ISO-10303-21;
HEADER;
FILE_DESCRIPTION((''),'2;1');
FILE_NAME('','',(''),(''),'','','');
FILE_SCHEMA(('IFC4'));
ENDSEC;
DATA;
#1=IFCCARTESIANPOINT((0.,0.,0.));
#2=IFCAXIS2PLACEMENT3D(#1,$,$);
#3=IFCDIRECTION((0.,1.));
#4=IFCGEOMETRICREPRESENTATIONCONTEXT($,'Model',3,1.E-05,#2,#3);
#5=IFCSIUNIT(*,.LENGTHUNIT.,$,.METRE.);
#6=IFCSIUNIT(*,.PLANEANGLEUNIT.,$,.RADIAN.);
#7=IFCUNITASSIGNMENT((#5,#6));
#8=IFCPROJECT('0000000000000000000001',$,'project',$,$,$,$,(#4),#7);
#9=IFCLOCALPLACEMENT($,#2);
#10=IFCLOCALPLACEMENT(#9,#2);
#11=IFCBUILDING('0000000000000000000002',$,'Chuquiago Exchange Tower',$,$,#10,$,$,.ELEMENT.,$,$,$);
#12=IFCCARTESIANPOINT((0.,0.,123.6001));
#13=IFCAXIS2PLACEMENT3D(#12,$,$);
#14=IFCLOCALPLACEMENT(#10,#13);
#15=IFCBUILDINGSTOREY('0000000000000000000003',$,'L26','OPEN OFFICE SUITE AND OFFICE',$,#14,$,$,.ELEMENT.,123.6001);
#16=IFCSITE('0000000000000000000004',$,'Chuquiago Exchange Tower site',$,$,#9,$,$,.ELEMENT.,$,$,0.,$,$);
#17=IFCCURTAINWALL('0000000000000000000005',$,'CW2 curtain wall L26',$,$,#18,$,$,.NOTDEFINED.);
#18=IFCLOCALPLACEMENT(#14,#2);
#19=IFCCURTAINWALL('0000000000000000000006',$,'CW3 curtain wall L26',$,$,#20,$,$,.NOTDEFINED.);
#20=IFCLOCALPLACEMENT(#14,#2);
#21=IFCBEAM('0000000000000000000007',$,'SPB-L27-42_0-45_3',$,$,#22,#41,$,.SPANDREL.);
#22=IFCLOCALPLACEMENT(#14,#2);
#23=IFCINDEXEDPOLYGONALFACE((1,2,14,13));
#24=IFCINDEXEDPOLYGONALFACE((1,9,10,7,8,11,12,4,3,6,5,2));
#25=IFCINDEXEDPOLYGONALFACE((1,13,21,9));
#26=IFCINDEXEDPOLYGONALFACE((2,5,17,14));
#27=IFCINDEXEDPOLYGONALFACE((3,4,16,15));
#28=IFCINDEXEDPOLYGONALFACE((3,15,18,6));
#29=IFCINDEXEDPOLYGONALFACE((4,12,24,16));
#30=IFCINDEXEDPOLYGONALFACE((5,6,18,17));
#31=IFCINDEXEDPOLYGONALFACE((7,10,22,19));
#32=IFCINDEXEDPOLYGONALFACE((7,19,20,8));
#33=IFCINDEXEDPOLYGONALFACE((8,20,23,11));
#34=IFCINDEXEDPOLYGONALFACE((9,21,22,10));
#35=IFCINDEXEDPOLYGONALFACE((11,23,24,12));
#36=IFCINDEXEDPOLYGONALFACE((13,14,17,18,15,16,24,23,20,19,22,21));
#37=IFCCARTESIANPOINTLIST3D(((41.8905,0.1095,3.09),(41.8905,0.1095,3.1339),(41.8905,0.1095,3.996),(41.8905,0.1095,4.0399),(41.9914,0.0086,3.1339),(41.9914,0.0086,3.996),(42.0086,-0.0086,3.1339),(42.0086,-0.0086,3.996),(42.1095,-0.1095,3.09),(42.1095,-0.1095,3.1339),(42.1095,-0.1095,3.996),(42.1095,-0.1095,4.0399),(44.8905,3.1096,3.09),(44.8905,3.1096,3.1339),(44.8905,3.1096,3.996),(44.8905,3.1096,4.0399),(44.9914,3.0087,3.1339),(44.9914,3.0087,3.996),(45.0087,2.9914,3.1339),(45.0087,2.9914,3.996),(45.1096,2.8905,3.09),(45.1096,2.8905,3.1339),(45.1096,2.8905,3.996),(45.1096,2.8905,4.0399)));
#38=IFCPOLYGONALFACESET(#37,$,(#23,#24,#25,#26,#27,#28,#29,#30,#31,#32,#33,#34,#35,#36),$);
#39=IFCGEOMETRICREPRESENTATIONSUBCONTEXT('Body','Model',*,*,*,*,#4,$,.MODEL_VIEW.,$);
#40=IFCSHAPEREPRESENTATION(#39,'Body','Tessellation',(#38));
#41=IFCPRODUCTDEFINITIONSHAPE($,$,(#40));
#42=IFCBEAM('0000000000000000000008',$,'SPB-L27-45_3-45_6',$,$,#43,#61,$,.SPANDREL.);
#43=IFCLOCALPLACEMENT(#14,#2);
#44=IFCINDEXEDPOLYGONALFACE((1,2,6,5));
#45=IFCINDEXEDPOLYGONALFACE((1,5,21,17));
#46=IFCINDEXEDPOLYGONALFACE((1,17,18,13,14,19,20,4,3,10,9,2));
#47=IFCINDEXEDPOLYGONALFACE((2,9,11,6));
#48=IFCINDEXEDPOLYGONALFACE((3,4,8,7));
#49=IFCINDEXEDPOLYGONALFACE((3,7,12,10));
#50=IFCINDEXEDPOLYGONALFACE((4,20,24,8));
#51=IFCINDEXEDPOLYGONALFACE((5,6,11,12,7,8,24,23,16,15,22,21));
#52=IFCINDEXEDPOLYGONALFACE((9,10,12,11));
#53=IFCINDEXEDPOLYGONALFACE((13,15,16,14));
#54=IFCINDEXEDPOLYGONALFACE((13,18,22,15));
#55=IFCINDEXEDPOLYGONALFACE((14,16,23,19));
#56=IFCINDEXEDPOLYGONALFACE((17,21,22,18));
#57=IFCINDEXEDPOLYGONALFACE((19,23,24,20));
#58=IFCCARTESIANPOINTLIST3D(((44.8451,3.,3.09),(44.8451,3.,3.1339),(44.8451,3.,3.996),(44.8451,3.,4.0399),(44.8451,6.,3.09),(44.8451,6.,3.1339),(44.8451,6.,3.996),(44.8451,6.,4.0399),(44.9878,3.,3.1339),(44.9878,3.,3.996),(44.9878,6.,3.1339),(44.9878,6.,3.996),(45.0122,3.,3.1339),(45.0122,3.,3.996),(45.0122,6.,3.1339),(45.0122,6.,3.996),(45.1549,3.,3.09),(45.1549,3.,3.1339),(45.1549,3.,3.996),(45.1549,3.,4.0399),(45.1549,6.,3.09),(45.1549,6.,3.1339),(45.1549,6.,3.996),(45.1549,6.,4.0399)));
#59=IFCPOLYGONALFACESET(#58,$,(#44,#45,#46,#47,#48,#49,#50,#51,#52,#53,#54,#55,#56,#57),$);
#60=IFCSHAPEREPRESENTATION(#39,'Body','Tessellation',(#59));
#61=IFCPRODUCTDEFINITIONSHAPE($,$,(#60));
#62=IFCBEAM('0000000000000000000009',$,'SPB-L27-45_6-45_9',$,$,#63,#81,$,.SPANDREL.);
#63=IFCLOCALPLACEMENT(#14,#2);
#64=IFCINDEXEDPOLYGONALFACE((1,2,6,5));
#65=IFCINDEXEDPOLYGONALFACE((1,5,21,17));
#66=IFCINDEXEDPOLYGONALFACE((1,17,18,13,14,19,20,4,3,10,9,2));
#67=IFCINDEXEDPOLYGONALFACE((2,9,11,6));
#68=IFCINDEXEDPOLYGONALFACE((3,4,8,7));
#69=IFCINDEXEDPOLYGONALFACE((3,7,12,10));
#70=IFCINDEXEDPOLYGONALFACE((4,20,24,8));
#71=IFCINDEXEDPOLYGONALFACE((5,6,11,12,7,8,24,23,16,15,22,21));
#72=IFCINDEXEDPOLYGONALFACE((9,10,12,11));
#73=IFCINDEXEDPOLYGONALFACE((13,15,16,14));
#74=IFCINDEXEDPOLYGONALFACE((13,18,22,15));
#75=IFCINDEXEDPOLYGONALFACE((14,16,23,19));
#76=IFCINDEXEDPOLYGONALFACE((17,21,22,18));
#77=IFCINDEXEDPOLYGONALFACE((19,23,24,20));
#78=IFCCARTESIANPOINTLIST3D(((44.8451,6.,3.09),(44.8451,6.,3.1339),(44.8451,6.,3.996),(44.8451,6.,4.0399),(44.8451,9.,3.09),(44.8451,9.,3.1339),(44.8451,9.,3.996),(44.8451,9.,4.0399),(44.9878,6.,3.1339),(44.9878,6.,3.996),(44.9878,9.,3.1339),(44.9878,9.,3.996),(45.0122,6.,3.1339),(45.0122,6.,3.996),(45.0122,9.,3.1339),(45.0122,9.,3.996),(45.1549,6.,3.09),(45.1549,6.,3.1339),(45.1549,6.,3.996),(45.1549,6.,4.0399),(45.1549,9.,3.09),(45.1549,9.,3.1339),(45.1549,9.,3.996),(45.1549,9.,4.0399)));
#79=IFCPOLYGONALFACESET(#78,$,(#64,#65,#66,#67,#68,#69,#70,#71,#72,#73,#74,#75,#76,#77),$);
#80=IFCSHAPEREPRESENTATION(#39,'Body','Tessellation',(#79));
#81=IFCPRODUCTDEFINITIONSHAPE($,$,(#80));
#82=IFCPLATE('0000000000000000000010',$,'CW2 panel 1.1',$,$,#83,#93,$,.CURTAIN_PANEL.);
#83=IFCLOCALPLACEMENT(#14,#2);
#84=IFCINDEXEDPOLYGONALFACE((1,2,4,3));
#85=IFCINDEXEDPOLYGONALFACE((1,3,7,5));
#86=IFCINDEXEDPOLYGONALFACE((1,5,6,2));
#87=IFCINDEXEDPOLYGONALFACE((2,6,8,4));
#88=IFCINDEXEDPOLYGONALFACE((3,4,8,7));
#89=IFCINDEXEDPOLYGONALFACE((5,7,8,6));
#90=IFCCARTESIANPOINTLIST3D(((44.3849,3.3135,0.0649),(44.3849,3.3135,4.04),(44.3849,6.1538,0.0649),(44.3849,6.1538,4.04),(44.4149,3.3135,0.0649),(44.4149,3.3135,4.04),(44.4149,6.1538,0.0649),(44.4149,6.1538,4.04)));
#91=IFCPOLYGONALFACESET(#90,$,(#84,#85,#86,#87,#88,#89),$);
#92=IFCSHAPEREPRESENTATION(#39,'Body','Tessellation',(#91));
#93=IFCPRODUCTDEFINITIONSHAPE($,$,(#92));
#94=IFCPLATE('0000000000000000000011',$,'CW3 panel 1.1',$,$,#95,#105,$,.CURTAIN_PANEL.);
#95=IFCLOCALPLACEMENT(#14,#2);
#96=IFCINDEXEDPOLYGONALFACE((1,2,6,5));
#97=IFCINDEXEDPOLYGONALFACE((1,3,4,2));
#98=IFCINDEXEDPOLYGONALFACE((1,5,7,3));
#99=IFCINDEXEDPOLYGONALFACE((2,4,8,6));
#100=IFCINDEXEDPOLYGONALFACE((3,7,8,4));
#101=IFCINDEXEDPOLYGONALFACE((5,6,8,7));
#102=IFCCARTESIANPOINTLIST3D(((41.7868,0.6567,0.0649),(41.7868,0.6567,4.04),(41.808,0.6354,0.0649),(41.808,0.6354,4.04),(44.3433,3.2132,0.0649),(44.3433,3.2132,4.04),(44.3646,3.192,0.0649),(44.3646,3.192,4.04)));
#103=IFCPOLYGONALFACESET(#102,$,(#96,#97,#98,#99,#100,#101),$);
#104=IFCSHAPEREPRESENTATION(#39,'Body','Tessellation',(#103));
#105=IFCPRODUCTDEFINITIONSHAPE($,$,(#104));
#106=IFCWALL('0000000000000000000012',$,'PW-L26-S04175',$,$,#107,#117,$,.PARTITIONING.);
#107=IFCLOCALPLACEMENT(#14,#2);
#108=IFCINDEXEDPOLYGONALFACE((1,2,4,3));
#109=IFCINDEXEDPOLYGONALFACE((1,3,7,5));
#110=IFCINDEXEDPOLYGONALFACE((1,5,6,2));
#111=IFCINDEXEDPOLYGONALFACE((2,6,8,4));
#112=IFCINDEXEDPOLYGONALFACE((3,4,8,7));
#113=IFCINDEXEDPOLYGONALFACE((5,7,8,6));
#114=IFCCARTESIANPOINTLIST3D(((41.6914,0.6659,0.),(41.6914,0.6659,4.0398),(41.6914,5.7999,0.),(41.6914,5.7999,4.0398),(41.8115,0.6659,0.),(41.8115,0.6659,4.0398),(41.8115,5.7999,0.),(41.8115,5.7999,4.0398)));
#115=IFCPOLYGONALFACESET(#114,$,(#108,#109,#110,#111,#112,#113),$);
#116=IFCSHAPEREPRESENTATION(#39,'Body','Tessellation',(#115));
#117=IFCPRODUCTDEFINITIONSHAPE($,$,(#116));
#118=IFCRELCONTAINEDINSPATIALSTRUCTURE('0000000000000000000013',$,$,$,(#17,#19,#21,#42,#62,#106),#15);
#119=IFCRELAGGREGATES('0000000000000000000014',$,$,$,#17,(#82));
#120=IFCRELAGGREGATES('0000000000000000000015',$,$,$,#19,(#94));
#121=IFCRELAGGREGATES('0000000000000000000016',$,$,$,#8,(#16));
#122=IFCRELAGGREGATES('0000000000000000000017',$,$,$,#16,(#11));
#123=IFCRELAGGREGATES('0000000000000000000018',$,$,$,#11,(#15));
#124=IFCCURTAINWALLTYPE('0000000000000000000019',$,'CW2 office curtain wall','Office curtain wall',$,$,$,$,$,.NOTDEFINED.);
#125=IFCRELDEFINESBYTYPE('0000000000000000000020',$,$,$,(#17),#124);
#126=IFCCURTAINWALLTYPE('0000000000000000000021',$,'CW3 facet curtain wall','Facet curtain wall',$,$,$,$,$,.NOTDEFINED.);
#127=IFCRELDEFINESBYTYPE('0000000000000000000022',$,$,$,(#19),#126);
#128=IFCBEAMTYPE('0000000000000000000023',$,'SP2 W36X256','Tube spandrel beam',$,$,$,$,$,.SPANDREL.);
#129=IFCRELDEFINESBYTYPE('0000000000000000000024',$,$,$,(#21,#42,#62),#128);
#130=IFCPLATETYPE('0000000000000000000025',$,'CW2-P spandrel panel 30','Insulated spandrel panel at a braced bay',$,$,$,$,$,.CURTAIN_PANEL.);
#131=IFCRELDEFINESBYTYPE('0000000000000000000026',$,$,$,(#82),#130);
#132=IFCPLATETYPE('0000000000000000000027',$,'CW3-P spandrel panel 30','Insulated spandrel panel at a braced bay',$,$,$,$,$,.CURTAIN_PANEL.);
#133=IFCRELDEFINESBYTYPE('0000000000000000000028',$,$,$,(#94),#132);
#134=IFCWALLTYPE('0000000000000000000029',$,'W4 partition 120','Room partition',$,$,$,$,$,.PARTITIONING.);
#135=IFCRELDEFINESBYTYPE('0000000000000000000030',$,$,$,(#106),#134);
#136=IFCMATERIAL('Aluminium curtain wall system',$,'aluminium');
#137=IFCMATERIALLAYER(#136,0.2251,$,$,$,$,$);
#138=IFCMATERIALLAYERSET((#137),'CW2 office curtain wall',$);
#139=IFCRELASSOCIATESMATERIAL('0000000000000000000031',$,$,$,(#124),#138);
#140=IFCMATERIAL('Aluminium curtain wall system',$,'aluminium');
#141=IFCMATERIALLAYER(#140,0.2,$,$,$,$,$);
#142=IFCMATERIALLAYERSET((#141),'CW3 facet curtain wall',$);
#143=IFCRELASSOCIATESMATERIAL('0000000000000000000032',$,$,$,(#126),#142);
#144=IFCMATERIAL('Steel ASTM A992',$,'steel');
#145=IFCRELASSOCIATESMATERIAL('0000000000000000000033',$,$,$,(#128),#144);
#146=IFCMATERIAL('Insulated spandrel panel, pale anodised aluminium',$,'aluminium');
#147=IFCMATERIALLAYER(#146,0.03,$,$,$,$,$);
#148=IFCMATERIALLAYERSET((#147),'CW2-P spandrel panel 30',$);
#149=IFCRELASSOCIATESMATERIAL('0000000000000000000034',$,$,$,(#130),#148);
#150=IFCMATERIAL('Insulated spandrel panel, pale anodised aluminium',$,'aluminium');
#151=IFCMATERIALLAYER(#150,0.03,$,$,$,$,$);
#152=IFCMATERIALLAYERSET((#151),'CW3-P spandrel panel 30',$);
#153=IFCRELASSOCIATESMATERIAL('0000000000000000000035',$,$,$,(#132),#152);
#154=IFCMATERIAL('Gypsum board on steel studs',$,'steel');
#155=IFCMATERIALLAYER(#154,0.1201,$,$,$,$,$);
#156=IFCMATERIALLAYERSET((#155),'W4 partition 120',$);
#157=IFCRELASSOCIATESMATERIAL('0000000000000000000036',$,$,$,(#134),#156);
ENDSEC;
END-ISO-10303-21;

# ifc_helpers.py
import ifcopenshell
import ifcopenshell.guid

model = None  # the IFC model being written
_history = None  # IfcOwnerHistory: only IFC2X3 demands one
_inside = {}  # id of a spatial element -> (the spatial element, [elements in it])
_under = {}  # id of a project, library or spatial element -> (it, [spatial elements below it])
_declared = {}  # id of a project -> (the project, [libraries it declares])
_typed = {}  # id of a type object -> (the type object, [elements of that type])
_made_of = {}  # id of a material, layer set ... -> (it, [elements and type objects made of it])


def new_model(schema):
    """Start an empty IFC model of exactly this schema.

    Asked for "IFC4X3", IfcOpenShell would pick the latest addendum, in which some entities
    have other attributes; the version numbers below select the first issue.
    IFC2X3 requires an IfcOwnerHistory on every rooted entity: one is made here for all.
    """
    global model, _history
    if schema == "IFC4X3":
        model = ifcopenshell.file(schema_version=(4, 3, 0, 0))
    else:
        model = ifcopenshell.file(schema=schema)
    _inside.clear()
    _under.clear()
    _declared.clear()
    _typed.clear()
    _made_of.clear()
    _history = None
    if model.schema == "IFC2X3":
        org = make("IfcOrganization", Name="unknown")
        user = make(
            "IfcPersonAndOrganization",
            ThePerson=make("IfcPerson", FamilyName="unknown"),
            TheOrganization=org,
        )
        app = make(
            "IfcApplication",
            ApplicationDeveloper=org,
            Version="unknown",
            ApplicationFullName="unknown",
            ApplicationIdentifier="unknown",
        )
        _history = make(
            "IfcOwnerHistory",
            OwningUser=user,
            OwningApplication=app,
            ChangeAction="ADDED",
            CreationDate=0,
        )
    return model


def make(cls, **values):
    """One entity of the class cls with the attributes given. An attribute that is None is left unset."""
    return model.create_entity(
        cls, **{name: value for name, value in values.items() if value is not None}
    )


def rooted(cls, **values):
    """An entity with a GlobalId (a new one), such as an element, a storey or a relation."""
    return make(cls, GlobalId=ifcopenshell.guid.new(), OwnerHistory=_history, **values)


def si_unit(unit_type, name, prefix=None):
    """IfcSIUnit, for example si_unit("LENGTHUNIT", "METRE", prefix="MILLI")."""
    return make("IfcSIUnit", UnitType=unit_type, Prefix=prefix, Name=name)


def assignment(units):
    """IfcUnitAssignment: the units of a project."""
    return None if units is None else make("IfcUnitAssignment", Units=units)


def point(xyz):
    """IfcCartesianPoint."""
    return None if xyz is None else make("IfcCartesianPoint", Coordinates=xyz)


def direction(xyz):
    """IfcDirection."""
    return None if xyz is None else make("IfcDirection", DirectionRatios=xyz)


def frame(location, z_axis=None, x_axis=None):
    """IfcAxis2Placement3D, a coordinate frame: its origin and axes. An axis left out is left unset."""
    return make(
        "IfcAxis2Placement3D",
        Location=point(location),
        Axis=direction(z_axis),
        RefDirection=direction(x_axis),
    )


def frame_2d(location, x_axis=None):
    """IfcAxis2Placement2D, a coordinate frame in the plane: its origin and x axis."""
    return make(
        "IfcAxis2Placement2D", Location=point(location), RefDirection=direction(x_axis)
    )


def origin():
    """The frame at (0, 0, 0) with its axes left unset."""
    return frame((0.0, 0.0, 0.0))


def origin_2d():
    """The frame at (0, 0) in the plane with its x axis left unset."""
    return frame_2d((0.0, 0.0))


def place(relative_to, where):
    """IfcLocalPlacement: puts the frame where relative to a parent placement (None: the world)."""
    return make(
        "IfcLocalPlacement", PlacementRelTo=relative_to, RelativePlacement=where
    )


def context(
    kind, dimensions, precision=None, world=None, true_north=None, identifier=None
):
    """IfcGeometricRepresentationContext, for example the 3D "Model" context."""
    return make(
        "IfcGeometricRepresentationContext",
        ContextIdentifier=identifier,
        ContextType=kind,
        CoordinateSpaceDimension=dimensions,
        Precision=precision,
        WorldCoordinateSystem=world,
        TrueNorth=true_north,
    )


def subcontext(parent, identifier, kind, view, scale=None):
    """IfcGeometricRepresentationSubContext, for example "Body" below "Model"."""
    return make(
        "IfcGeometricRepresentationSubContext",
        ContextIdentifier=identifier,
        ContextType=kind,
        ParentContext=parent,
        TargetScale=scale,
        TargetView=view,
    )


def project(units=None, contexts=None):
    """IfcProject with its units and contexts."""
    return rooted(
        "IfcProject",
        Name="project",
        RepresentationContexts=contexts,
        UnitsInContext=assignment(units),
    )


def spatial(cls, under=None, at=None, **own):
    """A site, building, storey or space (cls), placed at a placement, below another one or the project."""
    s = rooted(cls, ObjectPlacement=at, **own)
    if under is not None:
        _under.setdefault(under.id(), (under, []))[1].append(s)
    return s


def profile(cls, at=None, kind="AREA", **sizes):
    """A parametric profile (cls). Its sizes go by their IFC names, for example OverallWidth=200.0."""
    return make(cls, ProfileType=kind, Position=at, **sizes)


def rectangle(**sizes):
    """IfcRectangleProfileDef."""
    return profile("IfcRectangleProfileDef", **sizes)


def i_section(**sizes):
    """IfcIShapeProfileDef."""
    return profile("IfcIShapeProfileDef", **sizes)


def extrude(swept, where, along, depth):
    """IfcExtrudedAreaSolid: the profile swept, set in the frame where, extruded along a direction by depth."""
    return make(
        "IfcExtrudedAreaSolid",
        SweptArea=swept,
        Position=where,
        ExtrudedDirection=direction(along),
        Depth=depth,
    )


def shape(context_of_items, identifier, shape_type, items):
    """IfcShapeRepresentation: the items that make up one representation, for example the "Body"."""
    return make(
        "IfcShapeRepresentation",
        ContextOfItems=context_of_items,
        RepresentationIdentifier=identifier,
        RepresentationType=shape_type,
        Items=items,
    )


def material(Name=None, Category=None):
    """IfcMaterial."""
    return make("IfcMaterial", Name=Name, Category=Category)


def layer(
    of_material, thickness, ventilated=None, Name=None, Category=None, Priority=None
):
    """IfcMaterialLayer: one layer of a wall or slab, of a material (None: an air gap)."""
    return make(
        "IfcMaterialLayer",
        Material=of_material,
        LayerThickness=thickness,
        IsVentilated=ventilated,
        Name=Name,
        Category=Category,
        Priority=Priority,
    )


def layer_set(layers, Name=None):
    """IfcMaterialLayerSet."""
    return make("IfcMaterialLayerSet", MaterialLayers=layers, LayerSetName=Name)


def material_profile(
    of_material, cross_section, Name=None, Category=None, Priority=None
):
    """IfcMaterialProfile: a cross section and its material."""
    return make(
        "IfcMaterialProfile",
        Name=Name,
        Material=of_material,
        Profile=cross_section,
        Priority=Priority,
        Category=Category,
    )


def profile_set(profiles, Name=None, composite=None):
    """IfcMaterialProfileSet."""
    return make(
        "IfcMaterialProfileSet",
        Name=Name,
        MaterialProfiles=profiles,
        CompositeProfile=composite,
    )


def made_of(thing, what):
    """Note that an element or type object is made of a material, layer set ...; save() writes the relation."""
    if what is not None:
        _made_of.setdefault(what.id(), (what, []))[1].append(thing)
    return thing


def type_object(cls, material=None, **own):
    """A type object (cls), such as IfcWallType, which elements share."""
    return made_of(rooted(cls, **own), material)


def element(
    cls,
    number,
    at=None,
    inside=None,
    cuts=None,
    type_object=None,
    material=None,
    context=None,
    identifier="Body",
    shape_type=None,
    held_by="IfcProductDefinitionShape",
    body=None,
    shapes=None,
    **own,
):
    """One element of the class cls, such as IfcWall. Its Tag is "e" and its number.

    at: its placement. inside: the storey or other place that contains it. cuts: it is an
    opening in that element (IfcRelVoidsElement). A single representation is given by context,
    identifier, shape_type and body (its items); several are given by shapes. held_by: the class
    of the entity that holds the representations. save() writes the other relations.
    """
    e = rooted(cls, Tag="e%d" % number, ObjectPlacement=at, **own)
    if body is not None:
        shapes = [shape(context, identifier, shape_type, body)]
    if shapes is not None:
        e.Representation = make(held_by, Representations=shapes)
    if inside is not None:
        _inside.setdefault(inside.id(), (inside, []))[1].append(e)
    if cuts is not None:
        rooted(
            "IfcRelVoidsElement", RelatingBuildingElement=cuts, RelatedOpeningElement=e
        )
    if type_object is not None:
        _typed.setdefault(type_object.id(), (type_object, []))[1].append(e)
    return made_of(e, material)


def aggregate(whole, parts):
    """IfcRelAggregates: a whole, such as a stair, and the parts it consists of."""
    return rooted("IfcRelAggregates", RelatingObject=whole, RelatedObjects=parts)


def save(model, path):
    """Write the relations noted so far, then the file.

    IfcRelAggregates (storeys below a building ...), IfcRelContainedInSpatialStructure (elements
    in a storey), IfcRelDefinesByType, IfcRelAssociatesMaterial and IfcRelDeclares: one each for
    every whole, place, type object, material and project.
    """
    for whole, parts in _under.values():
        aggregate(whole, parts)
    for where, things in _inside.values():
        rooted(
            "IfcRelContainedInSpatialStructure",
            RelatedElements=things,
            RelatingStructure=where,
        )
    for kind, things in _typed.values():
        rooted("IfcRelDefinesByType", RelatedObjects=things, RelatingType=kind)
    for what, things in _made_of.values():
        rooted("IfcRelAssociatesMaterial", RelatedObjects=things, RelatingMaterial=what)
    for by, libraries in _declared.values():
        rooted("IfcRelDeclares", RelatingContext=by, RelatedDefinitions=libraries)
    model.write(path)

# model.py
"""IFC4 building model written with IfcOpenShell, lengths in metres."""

from ifc_helpers import new_model, si_unit, direction, frame, frame_2d, origin, origin_2d, place, context, subcontext, project, spatial, rectangle, i_section, extrude, material, layer, layer_set, material_profile, profile_set, type_object, element, aggregate, save


model = new_model("IFC4")

# Units and contexts
model_context = context("Model", 3, precision=1e-05, world=origin(), true_north=direction((0.0, 1.0)))
body_context = subcontext(model_context, "Body", "Model", "MODEL_VIEW")
ifc_project = project(units=[si_unit("LENGTHUNIT", "METRE"), si_unit("PLANEANGLEUNIT", "RADIAN")], contexts=[model_context])

# Site, building, storey
site_placement = place(None, origin())
site = spatial("IfcSite", under=ifc_project, at=site_placement, Name="Chuquiago Exchange Tower site", CompositionType="ELEMENT", RefElevation=0.0)
building_placement = place(site_placement, origin())
building = spatial("IfcBuilding", under=site, at=building_placement, Name="Chuquiago Exchange Tower", CompositionType="ELEMENT")
storey_placement = place(building_placement, frame((0.0, 0.0, 123.6001)))
storey = spatial("IfcBuildingStorey", under=building, at=storey_placement, Name="L26", Description="OPEN OFFICE SUITE AND OFFICE", CompositionType="ELEMENT", Elevation=123.6001)

# Curtain walls
ifc_material_1 = material(Name="Aluminium curtain wall system", Category="aluminium")
ifc_layer_1 = layer(ifc_material_1, 0.2251)
ifc_layer_set_1 = layer_set([ifc_layer_1], Name="CW2 office curtain wall")
curtain_wall_type_1 = type_object("IfcCurtainWallType", Name="CW2 office curtain wall", Description="Office curtain wall", PredefinedType="NOTDEFINED", material=ifc_layer_set_1)
curtain_wall_1_placement = place(storey_placement, origin())
curtain_wall_1 = element("IfcCurtainWall", 1, at=curtain_wall_1_placement, inside=storey, type_object=curtain_wall_type_1, Name="CW2 curtain wall L26", PredefinedType="NOTDEFINED")
ifc_material_2 = material(Name="Aluminium curtain wall system", Category="aluminium")
ifc_layer_2 = layer(ifc_material_2, 0.2)
ifc_layer_set_2 = layer_set([ifc_layer_2], Name="CW3 facet curtain wall")
curtain_wall_type_2 = type_object("IfcCurtainWallType", Name="CW3 facet curtain wall", Description="Facet curtain wall", PredefinedType="NOTDEFINED", material=ifc_layer_set_2)
curtain_wall_2_placement = place(storey_placement, origin())
curtain_wall_2 = element("IfcCurtainWall", 2, at=curtain_wall_2_placement, inside=storey, type_object=curtain_wall_type_2, Name="CW3 curtain wall L26", PredefinedType="NOTDEFINED")

# Beams
ifc_material_3 = material(Name="Steel ASTM A992", Category="steel")
ifc_material_profile_1 = material_profile(ifc_material_3, i_section(OverallWidth=0.3098, OverallDepth=0.95, WebThickness=0.0244, FlangeThickness=0.0439, at=origin_2d()), Name="W36X256")
ifc_profile_set_1 = profile_set([ifc_material_profile_1], Name="Steel ASTM A992")
beam_type = type_object("IfcBeamType", Name="SP2 W36X256", Description="Tube spandrel beam", PredefinedType="SPANDREL", material=ifc_profile_set_1)
beam_placement = place(storey_placement, frame((42.0, 0.0, 3.5649), z_axis=(0.707107, 0.707107, 0.0), x_axis=(-0.707107, 0.707107, 0.0)))
element("IfcBeam", 3, at=beam_placement, inside=storey, type_object=beam_type, Name="SPB-L27-42_0-45_3", PredefinedType="SPANDREL", context=body_context, shape_type="SweptSolid", body=[
    extrude(i_section(OverallWidth=0.3098, OverallDepth=0.95, WebThickness=0.0244, FlangeThickness=0.0439, at=origin_2d()), origin(), (0.0, 0.0, 1.0), 4.2427),
])
for number, where, z_axis, x_axis, name in (
    (4, (45.0, 3.0, 3.5649), (0.0, 1.0, 0.0), (-1.0, 0.0, 0.0), "SPB-L27-45_3-45_6"),
    (5, (45.0, 6.0, 3.5649), (0.0, 1.0, 0.0), (-1.0, 0.0, 0.0), "SPB-L27-45_6-45_9"),
):
    element("IfcBeam", number, at=place(storey_placement, frame(where, z_axis=z_axis, x_axis=x_axis)), inside=storey, type_object=beam_type, Name=name, PredefinedType="SPANDREL", context=body_context, shape_type="SweptSolid", body=[
        extrude(i_section(OverallWidth=0.3098, OverallDepth=0.95, WebThickness=0.0244, FlangeThickness=0.0439, at=origin_2d()), origin(), (0.0, 0.0, 1.0), 3.0),
    ])

# Plates
ifc_material_4 = material(Name="Insulated spandrel panel, pale anodised aluminium", Category="aluminium")
ifc_layer_3 = layer(ifc_material_4, 0.03)
ifc_layer_set_3 = layer_set([ifc_layer_3], Name="CW2-P spandrel panel 30")
plate_type_1 = type_object("IfcPlateType", Name="CW2-P spandrel panel 30", Description="Insulated spandrel panel at a braced bay", PredefinedType="CURTAIN_PANEL", material=ifc_layer_set_3)
plate_1_placement = place(storey_placement, frame((44.3999, 4.7336, 0.0649), z_axis=(0.0, 0.0, 1.0), x_axis=(0.0, 1.0, 0.0)))
plate_1 = element("IfcPlate", 6, at=plate_1_placement, type_object=plate_type_1, Name="CW2 panel 1.1", PredefinedType="CURTAIN_PANEL", context=body_context, shape_type="SweptSolid", body=[
    extrude(rectangle(XDim=2.8403, YDim=0.03, at=origin_2d()), origin(), (0.0, 0.0, 1.0), 3.9751),
])
aggregate(curtain_wall_1, [plate_1])
ifc_material_5 = material(Name="Insulated spandrel panel, pale anodised aluminium", Category="aluminium")
ifc_layer_4 = layer(ifc_material_5, 0.03)
ifc_layer_set_4 = layer_set([ifc_layer_4], Name="CW3-P spandrel panel 30")
plate_type_2 = type_object("IfcPlateType", Name="CW3-P spandrel panel 30", Description="Insulated spandrel panel at a braced bay", PredefinedType="CURTAIN_PANEL", material=ifc_layer_set_4)
plate_2_placement = place(storey_placement, frame((43.0757, 1.9243, 0.0649), z_axis=(0.0, 0.0, 1.0), x_axis=(0.707107, 0.707107, 0.0)))
plate_2 = element("IfcPlate", 7, at=plate_2_placement, type_object=plate_type_2, Name="CW3 panel 1.1", PredefinedType="CURTAIN_PANEL", context=body_context, shape_type="SweptSolid", body=[
    extrude(rectangle(XDim=3.6155, YDim=0.03, at=origin_2d()), origin(), (0.0, 0.0, 1.0), 3.9751),
])
aggregate(curtain_wall_2, [plate_2])

# Wall
ifc_material_6 = material(Name="Gypsum board on steel studs", Category="steel")
ifc_layer_5 = layer(ifc_material_6, 0.1201)
ifc_layer_set_5 = layer_set([ifc_layer_5], Name="W4 partition 120")
wall_type = type_object("IfcWallType", Name="W4 partition 120", Description="Room partition", PredefinedType="PARTITIONING", material=ifc_layer_set_5)
wall_1_placement = place(storey_placement, frame((41.7515, 0.666, 0.0), z_axis=(0.0, 0.0, 1.0), x_axis=(0.0, 1.0, 0.0)))
element("IfcWall", 8, at=wall_1_placement, inside=storey, type_object=wall_type, Name="PW-L26-S04175", PredefinedType="PARTITIONING", context=body_context, shape_type="SweptSolid", body=[
    extrude(rectangle(XDim=5.134, YDim=0.1201, at=frame_2d((2.5669, 0.0))), origin(), (0.0, 0.0, 1.0), 4.0398),
])

save(model, "model.ifc")
